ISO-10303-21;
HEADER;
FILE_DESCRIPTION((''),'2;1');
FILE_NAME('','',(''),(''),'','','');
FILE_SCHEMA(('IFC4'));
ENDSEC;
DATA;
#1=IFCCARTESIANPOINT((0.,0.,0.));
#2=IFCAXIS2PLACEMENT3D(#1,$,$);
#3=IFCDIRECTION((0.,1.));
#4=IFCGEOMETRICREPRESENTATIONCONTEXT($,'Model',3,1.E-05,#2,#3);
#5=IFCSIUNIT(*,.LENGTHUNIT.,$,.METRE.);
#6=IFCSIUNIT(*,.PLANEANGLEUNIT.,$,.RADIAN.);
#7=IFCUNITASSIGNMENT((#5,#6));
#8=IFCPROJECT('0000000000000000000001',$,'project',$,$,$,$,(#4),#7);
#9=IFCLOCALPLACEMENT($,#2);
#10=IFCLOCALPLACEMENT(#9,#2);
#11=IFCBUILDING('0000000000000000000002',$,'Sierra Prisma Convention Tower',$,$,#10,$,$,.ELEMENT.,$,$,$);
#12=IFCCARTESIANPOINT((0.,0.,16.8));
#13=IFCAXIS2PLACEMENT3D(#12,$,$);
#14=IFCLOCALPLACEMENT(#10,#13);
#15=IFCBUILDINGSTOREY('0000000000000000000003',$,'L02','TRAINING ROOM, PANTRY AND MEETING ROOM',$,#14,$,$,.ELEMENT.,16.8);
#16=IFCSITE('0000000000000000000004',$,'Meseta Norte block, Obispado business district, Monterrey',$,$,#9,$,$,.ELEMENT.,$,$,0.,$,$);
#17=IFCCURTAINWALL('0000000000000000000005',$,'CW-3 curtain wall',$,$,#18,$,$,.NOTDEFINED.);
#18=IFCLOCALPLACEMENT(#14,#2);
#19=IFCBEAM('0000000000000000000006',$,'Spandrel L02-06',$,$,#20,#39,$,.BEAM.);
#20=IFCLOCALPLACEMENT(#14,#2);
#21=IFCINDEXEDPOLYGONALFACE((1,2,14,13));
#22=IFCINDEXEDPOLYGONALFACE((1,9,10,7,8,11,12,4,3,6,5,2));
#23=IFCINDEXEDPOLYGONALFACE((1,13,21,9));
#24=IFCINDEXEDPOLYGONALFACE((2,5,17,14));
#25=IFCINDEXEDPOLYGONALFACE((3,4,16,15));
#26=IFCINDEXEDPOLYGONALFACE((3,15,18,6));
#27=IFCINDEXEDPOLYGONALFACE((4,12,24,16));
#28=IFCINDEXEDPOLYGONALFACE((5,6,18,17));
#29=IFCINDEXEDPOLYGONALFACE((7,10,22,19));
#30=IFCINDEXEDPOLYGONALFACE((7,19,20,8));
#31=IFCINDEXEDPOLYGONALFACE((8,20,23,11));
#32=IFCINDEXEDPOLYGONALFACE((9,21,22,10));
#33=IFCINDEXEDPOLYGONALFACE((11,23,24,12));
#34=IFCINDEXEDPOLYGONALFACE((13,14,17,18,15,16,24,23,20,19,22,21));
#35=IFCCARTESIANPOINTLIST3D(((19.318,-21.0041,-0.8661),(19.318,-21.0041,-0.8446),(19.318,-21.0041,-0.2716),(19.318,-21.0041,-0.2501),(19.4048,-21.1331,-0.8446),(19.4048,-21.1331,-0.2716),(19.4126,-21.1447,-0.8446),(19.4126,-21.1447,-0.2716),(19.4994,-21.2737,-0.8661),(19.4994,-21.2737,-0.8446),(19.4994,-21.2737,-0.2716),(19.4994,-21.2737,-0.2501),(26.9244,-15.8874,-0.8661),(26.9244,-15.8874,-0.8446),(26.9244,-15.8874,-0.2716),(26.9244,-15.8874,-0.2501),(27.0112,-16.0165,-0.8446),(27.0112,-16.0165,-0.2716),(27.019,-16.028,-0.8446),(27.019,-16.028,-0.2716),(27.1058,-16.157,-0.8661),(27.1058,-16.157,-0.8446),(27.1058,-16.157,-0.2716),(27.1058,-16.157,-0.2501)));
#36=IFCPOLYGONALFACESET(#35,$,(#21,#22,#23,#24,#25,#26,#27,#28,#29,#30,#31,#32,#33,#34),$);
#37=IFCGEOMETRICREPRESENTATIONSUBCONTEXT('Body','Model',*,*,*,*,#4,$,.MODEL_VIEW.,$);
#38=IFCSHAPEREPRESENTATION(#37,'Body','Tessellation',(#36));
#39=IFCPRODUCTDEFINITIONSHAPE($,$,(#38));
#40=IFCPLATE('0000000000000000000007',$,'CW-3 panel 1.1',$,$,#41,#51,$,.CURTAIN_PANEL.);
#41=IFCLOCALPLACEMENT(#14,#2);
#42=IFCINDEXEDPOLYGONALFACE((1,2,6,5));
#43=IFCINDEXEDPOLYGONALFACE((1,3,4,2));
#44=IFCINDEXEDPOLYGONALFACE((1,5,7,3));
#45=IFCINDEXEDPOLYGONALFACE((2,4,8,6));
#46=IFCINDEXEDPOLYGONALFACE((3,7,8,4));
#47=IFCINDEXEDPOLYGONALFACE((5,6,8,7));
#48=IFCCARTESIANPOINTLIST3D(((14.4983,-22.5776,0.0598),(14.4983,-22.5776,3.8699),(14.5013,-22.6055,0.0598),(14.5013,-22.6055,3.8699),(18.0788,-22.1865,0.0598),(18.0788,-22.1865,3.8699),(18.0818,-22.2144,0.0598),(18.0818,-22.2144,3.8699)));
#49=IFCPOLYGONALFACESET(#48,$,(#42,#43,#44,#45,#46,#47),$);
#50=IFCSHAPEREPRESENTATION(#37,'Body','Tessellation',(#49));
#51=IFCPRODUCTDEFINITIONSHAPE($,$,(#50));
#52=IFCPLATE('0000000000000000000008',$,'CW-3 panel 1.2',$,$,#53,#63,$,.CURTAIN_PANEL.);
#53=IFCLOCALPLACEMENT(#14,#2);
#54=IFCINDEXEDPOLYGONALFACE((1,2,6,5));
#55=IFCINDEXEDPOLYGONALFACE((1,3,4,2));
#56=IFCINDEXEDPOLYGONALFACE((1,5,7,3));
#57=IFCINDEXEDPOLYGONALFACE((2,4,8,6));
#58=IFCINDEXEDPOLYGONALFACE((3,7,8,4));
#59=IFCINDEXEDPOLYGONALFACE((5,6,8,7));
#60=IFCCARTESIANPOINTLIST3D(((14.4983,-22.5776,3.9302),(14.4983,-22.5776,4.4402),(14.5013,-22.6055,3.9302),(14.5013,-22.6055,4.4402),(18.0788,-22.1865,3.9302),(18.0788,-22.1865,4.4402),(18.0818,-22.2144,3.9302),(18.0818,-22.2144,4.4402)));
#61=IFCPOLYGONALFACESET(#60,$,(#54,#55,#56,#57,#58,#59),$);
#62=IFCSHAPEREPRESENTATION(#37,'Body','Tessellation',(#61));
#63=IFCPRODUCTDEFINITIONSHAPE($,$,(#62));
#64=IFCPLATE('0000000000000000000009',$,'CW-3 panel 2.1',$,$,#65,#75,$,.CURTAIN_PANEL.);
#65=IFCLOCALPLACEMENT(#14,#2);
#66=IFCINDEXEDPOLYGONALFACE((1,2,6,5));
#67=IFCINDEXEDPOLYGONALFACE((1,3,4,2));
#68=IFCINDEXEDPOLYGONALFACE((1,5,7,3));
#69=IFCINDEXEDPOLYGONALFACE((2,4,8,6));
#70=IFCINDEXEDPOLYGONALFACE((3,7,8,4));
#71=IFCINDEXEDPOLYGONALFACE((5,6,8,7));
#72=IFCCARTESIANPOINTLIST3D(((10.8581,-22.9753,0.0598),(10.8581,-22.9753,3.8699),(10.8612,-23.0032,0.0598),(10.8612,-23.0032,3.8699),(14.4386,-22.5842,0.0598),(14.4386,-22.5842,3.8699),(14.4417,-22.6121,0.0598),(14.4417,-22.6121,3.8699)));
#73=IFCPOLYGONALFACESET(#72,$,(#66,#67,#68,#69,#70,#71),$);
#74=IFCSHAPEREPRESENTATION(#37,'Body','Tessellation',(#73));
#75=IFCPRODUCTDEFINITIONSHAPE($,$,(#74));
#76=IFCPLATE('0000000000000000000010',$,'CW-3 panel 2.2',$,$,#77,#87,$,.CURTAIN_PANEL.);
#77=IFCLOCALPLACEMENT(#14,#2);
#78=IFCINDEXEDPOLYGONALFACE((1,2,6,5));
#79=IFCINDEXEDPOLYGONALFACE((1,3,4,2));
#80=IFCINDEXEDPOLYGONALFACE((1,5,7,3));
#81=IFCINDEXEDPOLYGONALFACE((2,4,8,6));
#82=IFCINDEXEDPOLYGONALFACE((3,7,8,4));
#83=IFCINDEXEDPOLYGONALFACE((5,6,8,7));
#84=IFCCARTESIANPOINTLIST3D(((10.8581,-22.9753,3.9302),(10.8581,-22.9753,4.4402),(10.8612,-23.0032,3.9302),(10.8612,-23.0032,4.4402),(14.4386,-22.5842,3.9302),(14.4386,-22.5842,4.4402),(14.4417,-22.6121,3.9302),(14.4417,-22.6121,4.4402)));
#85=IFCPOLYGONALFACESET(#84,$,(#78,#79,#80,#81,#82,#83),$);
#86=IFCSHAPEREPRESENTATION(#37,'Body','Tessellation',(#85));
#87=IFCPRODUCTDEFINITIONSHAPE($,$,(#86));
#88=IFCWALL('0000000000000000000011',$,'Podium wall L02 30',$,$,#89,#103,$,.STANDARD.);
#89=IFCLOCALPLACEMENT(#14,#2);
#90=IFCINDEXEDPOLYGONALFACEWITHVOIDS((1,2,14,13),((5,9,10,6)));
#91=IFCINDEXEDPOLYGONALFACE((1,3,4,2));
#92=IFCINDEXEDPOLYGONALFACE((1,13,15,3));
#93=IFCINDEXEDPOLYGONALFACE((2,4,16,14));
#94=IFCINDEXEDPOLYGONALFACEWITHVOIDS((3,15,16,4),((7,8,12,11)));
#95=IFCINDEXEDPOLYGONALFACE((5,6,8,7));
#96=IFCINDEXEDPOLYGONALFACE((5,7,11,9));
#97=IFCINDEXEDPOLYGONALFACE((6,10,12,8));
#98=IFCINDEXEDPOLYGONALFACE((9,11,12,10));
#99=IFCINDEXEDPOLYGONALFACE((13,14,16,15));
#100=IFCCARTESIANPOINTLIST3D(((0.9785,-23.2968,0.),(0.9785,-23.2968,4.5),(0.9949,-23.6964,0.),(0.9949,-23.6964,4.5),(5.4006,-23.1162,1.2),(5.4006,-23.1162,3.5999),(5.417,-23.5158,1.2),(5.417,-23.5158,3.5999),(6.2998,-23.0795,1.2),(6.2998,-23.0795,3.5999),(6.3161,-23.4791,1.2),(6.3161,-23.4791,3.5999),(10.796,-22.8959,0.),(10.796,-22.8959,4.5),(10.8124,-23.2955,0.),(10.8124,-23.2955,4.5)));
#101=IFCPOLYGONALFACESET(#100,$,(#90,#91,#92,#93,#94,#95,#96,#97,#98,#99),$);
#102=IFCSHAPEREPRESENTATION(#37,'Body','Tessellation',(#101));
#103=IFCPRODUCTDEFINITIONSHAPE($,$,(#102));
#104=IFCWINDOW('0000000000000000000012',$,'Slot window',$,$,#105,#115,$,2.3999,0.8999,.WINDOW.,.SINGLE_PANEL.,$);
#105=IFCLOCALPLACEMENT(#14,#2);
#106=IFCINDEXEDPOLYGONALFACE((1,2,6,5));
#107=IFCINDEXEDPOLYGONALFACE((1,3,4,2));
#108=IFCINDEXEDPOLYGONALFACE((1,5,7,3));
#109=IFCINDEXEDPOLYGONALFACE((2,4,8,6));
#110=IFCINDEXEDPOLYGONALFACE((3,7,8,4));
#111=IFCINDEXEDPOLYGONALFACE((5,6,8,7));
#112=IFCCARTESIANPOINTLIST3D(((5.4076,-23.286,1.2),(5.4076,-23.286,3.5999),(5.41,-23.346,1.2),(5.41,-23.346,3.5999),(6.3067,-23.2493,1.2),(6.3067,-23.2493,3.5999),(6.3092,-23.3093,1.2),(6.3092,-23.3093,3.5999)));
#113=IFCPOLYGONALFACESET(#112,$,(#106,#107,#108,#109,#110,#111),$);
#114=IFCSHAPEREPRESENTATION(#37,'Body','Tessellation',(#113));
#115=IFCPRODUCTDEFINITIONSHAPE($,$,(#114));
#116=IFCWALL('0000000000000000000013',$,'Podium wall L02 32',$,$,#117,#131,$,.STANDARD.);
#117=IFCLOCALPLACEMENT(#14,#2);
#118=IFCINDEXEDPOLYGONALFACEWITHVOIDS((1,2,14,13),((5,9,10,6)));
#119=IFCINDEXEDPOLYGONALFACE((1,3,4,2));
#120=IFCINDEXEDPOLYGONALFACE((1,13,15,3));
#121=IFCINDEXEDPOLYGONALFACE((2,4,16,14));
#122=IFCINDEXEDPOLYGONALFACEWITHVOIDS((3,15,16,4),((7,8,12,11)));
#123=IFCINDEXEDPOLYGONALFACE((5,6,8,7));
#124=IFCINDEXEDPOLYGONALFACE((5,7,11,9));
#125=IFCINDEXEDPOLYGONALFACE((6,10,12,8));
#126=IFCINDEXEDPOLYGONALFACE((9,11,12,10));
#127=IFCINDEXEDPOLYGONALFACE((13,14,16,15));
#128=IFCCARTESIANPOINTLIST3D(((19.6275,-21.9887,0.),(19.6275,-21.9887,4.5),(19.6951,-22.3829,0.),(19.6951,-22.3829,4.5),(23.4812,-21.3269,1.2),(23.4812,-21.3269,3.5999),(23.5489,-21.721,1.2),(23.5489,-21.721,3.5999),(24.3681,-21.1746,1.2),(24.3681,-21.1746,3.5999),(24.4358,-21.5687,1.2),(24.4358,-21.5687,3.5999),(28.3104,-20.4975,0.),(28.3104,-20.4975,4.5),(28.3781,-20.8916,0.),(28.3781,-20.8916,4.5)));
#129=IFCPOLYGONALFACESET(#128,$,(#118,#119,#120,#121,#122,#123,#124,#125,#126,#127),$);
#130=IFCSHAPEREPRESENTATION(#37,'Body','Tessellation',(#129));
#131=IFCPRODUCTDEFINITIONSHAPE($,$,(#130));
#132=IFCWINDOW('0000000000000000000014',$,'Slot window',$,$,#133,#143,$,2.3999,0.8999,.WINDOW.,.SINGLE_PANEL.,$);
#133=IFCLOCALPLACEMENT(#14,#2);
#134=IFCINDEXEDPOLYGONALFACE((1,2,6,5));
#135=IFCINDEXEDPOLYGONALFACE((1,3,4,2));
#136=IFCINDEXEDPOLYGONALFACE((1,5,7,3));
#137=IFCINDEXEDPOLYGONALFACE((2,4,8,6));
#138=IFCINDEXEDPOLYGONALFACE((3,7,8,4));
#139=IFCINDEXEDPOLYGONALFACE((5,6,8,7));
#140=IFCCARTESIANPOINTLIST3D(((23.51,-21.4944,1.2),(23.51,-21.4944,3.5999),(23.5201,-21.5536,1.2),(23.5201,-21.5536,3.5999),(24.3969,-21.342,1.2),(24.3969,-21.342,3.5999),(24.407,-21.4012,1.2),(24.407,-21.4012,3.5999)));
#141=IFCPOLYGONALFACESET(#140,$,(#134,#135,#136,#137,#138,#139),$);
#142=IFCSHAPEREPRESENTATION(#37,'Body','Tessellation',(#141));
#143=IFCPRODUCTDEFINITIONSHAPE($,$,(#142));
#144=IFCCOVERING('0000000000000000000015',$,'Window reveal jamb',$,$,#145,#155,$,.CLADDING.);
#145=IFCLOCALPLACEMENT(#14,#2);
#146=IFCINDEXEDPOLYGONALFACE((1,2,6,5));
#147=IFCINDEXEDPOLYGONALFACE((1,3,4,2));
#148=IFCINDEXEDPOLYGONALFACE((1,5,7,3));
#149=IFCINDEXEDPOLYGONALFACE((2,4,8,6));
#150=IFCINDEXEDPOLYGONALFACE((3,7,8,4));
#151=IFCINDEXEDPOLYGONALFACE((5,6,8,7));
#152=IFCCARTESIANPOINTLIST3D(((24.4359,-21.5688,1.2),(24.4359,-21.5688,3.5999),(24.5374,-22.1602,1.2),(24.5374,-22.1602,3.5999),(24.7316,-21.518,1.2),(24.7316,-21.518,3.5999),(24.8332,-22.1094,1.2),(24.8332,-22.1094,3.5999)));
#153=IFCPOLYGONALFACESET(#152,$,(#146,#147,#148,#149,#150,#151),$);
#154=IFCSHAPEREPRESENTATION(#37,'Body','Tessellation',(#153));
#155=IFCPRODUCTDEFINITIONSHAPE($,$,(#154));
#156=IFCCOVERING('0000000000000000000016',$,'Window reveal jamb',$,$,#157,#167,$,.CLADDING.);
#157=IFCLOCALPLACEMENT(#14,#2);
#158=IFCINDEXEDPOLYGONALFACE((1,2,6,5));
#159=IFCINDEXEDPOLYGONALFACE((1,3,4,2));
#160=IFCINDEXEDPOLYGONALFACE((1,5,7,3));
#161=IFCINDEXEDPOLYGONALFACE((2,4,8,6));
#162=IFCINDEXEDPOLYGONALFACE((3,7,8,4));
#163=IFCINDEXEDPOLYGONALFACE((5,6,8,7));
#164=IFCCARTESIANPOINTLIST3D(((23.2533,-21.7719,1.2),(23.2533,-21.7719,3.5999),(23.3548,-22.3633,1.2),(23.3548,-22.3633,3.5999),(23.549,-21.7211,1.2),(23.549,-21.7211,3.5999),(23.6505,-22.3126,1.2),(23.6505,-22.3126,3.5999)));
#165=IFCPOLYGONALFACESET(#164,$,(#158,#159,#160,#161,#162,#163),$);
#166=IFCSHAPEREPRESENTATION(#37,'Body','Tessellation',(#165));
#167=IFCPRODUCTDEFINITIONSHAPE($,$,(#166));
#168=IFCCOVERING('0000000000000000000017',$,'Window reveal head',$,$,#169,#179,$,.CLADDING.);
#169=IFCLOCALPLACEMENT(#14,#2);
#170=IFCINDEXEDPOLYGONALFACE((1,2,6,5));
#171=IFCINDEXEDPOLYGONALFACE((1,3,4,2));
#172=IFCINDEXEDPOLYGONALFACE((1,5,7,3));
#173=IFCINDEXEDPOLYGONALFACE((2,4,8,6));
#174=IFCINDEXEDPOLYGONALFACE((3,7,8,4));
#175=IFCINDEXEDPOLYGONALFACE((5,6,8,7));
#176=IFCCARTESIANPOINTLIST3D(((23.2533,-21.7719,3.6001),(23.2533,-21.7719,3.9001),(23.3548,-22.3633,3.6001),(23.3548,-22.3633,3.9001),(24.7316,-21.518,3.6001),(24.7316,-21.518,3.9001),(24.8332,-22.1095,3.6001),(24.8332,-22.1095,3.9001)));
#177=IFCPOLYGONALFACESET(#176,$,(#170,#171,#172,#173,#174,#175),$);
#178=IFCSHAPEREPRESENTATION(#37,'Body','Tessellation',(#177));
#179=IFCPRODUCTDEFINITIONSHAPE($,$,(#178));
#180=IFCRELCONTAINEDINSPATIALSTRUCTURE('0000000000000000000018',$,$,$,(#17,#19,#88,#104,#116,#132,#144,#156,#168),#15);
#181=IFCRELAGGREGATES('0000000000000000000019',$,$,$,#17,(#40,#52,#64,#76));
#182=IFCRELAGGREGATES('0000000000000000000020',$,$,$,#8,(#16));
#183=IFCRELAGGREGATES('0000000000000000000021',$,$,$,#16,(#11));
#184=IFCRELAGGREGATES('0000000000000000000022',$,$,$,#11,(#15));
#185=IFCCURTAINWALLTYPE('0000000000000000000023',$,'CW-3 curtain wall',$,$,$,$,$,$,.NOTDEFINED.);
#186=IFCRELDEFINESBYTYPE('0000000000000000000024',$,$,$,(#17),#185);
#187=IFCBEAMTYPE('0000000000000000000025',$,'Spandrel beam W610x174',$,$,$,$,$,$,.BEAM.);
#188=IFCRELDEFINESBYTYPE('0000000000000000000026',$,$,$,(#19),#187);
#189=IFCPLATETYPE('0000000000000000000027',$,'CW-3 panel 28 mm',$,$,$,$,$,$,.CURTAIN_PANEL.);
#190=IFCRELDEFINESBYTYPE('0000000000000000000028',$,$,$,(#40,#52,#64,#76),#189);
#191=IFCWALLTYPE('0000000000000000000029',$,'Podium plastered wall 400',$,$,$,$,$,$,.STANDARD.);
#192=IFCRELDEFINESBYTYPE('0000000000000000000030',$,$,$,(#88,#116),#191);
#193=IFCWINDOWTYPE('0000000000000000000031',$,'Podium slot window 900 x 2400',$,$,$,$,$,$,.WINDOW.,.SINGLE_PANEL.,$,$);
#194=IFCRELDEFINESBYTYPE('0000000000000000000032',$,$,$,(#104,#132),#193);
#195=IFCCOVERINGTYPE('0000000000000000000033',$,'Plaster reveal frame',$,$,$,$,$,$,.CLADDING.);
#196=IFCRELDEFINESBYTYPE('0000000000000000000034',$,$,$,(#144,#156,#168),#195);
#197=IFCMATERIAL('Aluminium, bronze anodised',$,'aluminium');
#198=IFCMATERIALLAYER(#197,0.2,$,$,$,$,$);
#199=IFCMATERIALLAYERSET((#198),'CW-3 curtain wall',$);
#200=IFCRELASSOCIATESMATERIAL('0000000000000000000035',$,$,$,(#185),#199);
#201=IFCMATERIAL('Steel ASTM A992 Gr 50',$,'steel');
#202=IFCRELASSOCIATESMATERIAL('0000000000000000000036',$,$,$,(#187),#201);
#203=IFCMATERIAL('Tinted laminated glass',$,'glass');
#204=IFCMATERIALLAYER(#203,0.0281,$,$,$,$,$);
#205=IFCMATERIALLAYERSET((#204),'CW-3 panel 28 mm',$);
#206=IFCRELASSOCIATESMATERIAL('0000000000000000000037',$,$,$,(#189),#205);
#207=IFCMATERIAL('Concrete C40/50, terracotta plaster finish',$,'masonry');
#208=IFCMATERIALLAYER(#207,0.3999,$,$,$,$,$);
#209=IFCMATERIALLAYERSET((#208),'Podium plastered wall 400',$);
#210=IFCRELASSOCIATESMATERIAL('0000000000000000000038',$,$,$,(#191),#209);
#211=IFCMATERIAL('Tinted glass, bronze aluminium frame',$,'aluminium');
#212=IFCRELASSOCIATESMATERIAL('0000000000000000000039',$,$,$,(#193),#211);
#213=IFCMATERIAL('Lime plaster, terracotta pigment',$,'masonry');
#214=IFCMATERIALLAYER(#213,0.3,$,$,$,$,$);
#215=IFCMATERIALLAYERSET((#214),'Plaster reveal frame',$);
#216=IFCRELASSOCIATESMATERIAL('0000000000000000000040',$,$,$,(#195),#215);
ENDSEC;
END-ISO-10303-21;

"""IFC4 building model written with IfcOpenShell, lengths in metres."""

from ifc_helpers import new_model, si_unit, direction, frame, frame_2d, origin, origin_2d, place, context, subcontext, project, spatial, rectangle, i_section, extrude, material, layer, layer_set, material_profile, profile_set, type_object, element, fill, aggregate, save


model = new_model("IFC4")

# Units and contexts
model_context = context("Model", 3, precision=1e-05, world=origin(), true_north=direction((0.0, 1.0)))
body_context = subcontext(model_context, "Body", "Model", "MODEL_VIEW")
ifc_project = project(units=[si_unit("LENGTHUNIT", "METRE"), si_unit("PLANEANGLEUNIT", "RADIAN")], contexts=[model_context])

# Site, building, storey
site_placement = place(None, origin())
site = spatial("IfcSite", under=ifc_project, at=site_placement, Name="Meseta Norte block, Obispado business district, Monterrey", CompositionType="ELEMENT", RefElevation=0.0)
building_placement = place(site_placement, origin())
building = spatial("IfcBuilding", under=site, at=building_placement, Name="Sierra Prisma Convention Tower", CompositionType="ELEMENT")
storey_placement = place(building_placement, frame((0.0, 0.0, 16.8)))
storey = spatial("IfcBuildingStorey", under=building, at=storey_placement, Name="L02", Description="TRAINING ROOM, PANTRY AND MEETING ROOM", CompositionType="ELEMENT", Elevation=16.8)

# Curtain wall
ifc_material_1 = material(Name="Aluminium, bronze anodised", Category="aluminium")
ifc_layer_1 = layer(ifc_material_1, 0.2)
ifc_layer_set_1 = layer_set([ifc_layer_1], Name="CW-3 curtain wall")
curtain_wall_type = type_object("IfcCurtainWallType", Name="CW-3 curtain wall", PredefinedType="NOTDEFINED", material=ifc_layer_set_1)
curtain_wall_placement = place(storey_placement, origin())
curtain_wall = element("IfcCurtainWall", 1, at=curtain_wall_placement, inside=storey, type_object=curtain_wall_type, Name="CW-3 curtain wall", PredefinedType="NOTDEFINED")

# Beam
ifc_material_2 = material(Name="Steel ASTM A992 Gr 50", Category="steel")
ifc_material_profile_1 = material_profile(ifc_material_2, i_section(OverallWidth=0.325, OverallDepth=0.616, WebThickness=0.0139, FlangeThickness=0.0215, at=origin_2d()), Name="W610x174")
ifc_profile_set_1 = profile_set([ifc_material_profile_1], Name="Steel ASTM A992 Gr 50")
beam_type_1 = type_object("IfcBeamType", Name="Spandrel beam W610x174", PredefinedType="BEAM", material=ifc_profile_set_1)
beam_1_placement = place(storey_placement, frame((19.4087, -21.1389, -0.5581), z_axis=(0.82974, 0.558149, 0.0), x_axis=(-0.558149, 0.82974, 0.0)))
element("IfcBeam", 2, at=beam_1_placement, inside=storey, type_object=beam_type_1, Name="Spandrel L02-06", PredefinedType="BEAM", context=body_context, shape_type="SweptSolid", body=[
    extrude(i_section(OverallWidth=0.325, OverallDepth=0.616, WebThickness=0.0139, FlangeThickness=0.0215, at=origin_2d()), origin(), (0.0, 0.0, 1.0), 9.1672),
])

# Plates
ifc_material_3 = material(Name="Tinted laminated glass", Category="glass")
ifc_layer_2 = layer(ifc_material_3, 0.0281)
ifc_layer_set_2 = layer_set([ifc_layer_2], Name="CW-3 panel 28 mm")
plate_type = type_object("IfcPlateType", Name="CW-3 panel 28 mm", PredefinedType="CURTAIN_PANEL", material=ifc_layer_set_2)
plate_1_placement = place(storey_placement, frame((16.29, -22.396, 0.0598), z_axis=(0.0, 0.0, 1.0), x_axis=(-0.994085, -0.108607, 0.0)))
plate_1 = element("IfcPlate", 3, at=plate_1_placement, type_object=plate_type, Name="CW-3 panel 1.1", PredefinedType="CURTAIN_PANEL", context=body_context, shape_type="SweptSolid", body=[
    extrude(rectangle(XDim=3.6018, YDim=0.0281, at=origin_2d()), origin(), (0.0, 0.0, 1.0), 3.8101),
])
plate_2_placement = place(storey_placement, frame((16.29, -22.396, 3.9302), z_axis=(0.0, 0.0, 1.0), x_axis=(-0.994085, -0.108607, 0.0)))
plate_2 = element("IfcPlate", 4, at=plate_2_placement, type_object=plate_type, Name="CW-3 panel 1.2", PredefinedType="CURTAIN_PANEL", context=body_context, shape_type="SweptSolid", body=[
    extrude(rectangle(XDim=3.6018, YDim=0.0281, at=origin_2d()), origin(), (0.0, 0.0, 1.0), 0.51),
])
plate_3_placement = place(storey_placement, frame((12.6499, -22.7937, 0.0598), z_axis=(0.0, 0.0, 1.0), x_axis=(-0.994085, -0.108607, 0.0)))
plate_3 = element("IfcPlate", 5, at=plate_3_placement, type_object=plate_type, Name="CW-3 panel 2.1", PredefinedType="CURTAIN_PANEL", context=body_context, shape_type="SweptSolid", body=[
    extrude(rectangle(XDim=3.6018, YDim=0.0281, at=origin_2d()), origin(), (0.0, 0.0, 1.0), 3.8101),
])
plate_4_placement = place(storey_placement, frame((12.6499, -22.7937, 3.9302), z_axis=(0.0, 0.0, 1.0), x_axis=(-0.994085, -0.108607, 0.0)))
plate_4 = element("IfcPlate", 6, at=plate_4_placement, type_object=plate_type, Name="CW-3 panel 2.2", PredefinedType="CURTAIN_PANEL", context=body_context, shape_type="SweptSolid", body=[
    extrude(rectangle(XDim=3.6018, YDim=0.0281, at=origin_2d()), origin(), (0.0, 0.0, 1.0), 0.51),
])
aggregate(curtain_wall, [plate_1, plate_2, plate_3, plate_4])

# Walls, openings, windows
ifc_material_4 = material(Name="Concrete C40/50, terracotta plaster finish", Category="masonry")
ifc_layer_3 = layer(ifc_material_4, 0.3999)
ifc_layer_set_3 = layer_set([ifc_layer_3], Name="Podium plastered wall 400")
wall_type = type_object("IfcWallType", Name="Podium plastered wall 400", PredefinedType="STANDARD", material=ifc_layer_set_3)
wall_1_placement = place(storey_placement, frame((10.8042, -23.0957, 0.0), z_axis=(0.0, 0.0, 1.0), x_axis=(-0.999167, -0.0408, 0.0)))
wall_1 = element("IfcWall", 7, at=wall_1_placement, inside=storey, type_object=wall_type, Name="Podium wall L02 30", PredefinedType="STANDARD", context=body_context, shape_type="SweptSolid", body=[
    extrude(rectangle(XDim=9.8257, YDim=0.3999, at=frame_2d((4.9128, 0.0))), origin(), (0.0, 0.0, 1.0), 4.5),
])
opening_1_placement = place(wall_1_placement, frame((4.5, 0.0, 1.2)))
opening_1 = element("IfcOpeningElement", 8, at=opening_1_placement, cuts=wall_1, PredefinedType="OPENING", context=body_context, shape_type="SweptSolid", body=[
    extrude(rectangle(XDim=0.8999, YDim=2.3999, at=frame_2d((0.45, 1.2))), frame((0.0, 0.2, 0.0), z_axis=(0.0, -1.0, 0.0), x_axis=(1.0, 0.0, 0.0)), (0.0, 0.0, 1.0), 0.3999),
])
ifc_material_5 = material(Name="Tinted glass, bronze aluminium frame", Category="aluminium")
window_type = type_object("IfcWindowType", Name="Podium slot window 900 x 2400", PartitioningType="SINGLE_PANEL", PredefinedType="WINDOW", material=ifc_material_5)
window_1_placement = place(opening_1_placement, origin())
window_1 = element("IfcWindow", 9, at=window_1_placement, inside=storey, type_object=window_type, Name="Slot window", OverallHeight=2.3999, OverallWidth=0.8999, PartitioningType="SINGLE_PANEL", PredefinedType="WINDOW", context=body_context, shape_type="SweptSolid", body=[
    extrude(rectangle(XDim=0.8999, YDim=2.3999, at=frame_2d((0.45, 1.2))), frame((0.0, 0.03, 0.0), z_axis=(0.0, -1.0, 0.0), x_axis=(1.0, 0.0, 0.0)), (0.0, 0.0, 1.0), 0.0601),
])
fill(opening_1, window_1)
wall_2_placement = place(storey_placement, frame((28.3442, -20.6946, 0.0), z_axis=(0.0, 0.0, 1.0), x_axis=(-0.985571, -0.169264, 0.0)))
wall_2 = element("IfcWall", 10, at=wall_2_placement, inside=storey, type_object=wall_type, Name="Podium wall L02 32", PredefinedType="STANDARD", context=body_context, shape_type="SweptSolid", body=[
    extrude(rectangle(XDim=8.8101, YDim=0.3999, at=frame_2d((4.405, 0.0))), origin(), (0.0, 0.0, 1.0), 4.5),
])
opening_2_placement = place(wall_2_placement, frame((4.0, 0.0, 1.2)))
opening_2 = element("IfcOpeningElement", 11, at=opening_2_placement, cuts=wall_2, PredefinedType="OPENING", context=body_context, shape_type="SweptSolid", body=[
    extrude(rectangle(XDim=0.8999, YDim=2.3999, at=frame_2d((0.45, 1.2))), frame((0.0, 0.2, 0.0), z_axis=(0.0, -1.0, 0.0), x_axis=(1.0, 0.0, 0.0)), (0.0, 0.0, 1.0), 0.3999),
])
window_2_placement = place(opening_2_placement, origin())
window_2 = element("IfcWindow", 12, at=window_2_placement, inside=storey, type_object=window_type, Name="Slot window", OverallHeight=2.3999, OverallWidth=0.8999, PartitioningType="SINGLE_PANEL", PredefinedType="WINDOW", context=body_context, shape_type="SweptSolid", body=[
    extrude(rectangle(XDim=0.8999, YDim=2.3999, at=frame_2d((0.45, 1.2))), frame((0.0, 0.03, 0.0), z_axis=(0.0, -1.0, 0.0), x_axis=(1.0, 0.0, 0.0)), (0.0, 0.0, 1.0), 0.0601),
])
fill(opening_2, window_2)

# Coverings
ifc_material_6 = material(Name="Lime plaster, terracotta pigment", Category="masonry")
ifc_layer_4 = layer(ifc_material_6, 0.3)
ifc_layer_set_4 = layer_set([ifc_layer_4], Name="Plaster reveal frame")
covering_type = type_object("IfcCoveringType", Name="Plaster reveal frame", PredefinedType="CLADDING", material=ifc_layer_set_4)
for number, where, z_axis, x_axis, name in (
    (13, (24.6345, -21.8391, 1.2), (0.0, 0.0, 1.0), (-0.985574, -0.169246, 0.0), "Window reveal jamb"),
    (14, (23.4519, -22.0422, 1.2), (0.0, 0.0, 1.0), (-0.985574, -0.169246, 0.0), "Window reveal jamb"),
):
    element("IfcCovering", number, at=place(storey_placement, frame(where, z_axis=z_axis, x_axis=x_axis)), inside=storey, type_object=covering_type, Name=name, PredefinedType="CLADDING", context=body_context, shape_type="SweptSolid", body=[
        extrude(rectangle(XDim=0.3, YDim=0.6001, at=origin_2d()), origin(), (0.0, 0.0, 1.0), 2.3999),
    ])
for number, where, z_axis, x_axis, name in (
    (15, (24.0432, -21.9407, 3.6001), (0.0, 0.0, 1.0), (-0.985574, -0.169246, 0.0), "Window reveal head"),
):
    element("IfcCovering", number, at=place(storey_placement, frame(where, z_axis=z_axis, x_axis=x_axis)), inside=storey, type_object=covering_type, Name=name, PredefinedType="CLADDING", context=body_context, shape_type="SweptSolid", body=[
        extrude(rectangle(XDim=1.5, YDim=0.6001, at=origin_2d()), origin(), (0.0, 0.0, 1.0), 0.3),
    ])

save(model, "model.ifc")
